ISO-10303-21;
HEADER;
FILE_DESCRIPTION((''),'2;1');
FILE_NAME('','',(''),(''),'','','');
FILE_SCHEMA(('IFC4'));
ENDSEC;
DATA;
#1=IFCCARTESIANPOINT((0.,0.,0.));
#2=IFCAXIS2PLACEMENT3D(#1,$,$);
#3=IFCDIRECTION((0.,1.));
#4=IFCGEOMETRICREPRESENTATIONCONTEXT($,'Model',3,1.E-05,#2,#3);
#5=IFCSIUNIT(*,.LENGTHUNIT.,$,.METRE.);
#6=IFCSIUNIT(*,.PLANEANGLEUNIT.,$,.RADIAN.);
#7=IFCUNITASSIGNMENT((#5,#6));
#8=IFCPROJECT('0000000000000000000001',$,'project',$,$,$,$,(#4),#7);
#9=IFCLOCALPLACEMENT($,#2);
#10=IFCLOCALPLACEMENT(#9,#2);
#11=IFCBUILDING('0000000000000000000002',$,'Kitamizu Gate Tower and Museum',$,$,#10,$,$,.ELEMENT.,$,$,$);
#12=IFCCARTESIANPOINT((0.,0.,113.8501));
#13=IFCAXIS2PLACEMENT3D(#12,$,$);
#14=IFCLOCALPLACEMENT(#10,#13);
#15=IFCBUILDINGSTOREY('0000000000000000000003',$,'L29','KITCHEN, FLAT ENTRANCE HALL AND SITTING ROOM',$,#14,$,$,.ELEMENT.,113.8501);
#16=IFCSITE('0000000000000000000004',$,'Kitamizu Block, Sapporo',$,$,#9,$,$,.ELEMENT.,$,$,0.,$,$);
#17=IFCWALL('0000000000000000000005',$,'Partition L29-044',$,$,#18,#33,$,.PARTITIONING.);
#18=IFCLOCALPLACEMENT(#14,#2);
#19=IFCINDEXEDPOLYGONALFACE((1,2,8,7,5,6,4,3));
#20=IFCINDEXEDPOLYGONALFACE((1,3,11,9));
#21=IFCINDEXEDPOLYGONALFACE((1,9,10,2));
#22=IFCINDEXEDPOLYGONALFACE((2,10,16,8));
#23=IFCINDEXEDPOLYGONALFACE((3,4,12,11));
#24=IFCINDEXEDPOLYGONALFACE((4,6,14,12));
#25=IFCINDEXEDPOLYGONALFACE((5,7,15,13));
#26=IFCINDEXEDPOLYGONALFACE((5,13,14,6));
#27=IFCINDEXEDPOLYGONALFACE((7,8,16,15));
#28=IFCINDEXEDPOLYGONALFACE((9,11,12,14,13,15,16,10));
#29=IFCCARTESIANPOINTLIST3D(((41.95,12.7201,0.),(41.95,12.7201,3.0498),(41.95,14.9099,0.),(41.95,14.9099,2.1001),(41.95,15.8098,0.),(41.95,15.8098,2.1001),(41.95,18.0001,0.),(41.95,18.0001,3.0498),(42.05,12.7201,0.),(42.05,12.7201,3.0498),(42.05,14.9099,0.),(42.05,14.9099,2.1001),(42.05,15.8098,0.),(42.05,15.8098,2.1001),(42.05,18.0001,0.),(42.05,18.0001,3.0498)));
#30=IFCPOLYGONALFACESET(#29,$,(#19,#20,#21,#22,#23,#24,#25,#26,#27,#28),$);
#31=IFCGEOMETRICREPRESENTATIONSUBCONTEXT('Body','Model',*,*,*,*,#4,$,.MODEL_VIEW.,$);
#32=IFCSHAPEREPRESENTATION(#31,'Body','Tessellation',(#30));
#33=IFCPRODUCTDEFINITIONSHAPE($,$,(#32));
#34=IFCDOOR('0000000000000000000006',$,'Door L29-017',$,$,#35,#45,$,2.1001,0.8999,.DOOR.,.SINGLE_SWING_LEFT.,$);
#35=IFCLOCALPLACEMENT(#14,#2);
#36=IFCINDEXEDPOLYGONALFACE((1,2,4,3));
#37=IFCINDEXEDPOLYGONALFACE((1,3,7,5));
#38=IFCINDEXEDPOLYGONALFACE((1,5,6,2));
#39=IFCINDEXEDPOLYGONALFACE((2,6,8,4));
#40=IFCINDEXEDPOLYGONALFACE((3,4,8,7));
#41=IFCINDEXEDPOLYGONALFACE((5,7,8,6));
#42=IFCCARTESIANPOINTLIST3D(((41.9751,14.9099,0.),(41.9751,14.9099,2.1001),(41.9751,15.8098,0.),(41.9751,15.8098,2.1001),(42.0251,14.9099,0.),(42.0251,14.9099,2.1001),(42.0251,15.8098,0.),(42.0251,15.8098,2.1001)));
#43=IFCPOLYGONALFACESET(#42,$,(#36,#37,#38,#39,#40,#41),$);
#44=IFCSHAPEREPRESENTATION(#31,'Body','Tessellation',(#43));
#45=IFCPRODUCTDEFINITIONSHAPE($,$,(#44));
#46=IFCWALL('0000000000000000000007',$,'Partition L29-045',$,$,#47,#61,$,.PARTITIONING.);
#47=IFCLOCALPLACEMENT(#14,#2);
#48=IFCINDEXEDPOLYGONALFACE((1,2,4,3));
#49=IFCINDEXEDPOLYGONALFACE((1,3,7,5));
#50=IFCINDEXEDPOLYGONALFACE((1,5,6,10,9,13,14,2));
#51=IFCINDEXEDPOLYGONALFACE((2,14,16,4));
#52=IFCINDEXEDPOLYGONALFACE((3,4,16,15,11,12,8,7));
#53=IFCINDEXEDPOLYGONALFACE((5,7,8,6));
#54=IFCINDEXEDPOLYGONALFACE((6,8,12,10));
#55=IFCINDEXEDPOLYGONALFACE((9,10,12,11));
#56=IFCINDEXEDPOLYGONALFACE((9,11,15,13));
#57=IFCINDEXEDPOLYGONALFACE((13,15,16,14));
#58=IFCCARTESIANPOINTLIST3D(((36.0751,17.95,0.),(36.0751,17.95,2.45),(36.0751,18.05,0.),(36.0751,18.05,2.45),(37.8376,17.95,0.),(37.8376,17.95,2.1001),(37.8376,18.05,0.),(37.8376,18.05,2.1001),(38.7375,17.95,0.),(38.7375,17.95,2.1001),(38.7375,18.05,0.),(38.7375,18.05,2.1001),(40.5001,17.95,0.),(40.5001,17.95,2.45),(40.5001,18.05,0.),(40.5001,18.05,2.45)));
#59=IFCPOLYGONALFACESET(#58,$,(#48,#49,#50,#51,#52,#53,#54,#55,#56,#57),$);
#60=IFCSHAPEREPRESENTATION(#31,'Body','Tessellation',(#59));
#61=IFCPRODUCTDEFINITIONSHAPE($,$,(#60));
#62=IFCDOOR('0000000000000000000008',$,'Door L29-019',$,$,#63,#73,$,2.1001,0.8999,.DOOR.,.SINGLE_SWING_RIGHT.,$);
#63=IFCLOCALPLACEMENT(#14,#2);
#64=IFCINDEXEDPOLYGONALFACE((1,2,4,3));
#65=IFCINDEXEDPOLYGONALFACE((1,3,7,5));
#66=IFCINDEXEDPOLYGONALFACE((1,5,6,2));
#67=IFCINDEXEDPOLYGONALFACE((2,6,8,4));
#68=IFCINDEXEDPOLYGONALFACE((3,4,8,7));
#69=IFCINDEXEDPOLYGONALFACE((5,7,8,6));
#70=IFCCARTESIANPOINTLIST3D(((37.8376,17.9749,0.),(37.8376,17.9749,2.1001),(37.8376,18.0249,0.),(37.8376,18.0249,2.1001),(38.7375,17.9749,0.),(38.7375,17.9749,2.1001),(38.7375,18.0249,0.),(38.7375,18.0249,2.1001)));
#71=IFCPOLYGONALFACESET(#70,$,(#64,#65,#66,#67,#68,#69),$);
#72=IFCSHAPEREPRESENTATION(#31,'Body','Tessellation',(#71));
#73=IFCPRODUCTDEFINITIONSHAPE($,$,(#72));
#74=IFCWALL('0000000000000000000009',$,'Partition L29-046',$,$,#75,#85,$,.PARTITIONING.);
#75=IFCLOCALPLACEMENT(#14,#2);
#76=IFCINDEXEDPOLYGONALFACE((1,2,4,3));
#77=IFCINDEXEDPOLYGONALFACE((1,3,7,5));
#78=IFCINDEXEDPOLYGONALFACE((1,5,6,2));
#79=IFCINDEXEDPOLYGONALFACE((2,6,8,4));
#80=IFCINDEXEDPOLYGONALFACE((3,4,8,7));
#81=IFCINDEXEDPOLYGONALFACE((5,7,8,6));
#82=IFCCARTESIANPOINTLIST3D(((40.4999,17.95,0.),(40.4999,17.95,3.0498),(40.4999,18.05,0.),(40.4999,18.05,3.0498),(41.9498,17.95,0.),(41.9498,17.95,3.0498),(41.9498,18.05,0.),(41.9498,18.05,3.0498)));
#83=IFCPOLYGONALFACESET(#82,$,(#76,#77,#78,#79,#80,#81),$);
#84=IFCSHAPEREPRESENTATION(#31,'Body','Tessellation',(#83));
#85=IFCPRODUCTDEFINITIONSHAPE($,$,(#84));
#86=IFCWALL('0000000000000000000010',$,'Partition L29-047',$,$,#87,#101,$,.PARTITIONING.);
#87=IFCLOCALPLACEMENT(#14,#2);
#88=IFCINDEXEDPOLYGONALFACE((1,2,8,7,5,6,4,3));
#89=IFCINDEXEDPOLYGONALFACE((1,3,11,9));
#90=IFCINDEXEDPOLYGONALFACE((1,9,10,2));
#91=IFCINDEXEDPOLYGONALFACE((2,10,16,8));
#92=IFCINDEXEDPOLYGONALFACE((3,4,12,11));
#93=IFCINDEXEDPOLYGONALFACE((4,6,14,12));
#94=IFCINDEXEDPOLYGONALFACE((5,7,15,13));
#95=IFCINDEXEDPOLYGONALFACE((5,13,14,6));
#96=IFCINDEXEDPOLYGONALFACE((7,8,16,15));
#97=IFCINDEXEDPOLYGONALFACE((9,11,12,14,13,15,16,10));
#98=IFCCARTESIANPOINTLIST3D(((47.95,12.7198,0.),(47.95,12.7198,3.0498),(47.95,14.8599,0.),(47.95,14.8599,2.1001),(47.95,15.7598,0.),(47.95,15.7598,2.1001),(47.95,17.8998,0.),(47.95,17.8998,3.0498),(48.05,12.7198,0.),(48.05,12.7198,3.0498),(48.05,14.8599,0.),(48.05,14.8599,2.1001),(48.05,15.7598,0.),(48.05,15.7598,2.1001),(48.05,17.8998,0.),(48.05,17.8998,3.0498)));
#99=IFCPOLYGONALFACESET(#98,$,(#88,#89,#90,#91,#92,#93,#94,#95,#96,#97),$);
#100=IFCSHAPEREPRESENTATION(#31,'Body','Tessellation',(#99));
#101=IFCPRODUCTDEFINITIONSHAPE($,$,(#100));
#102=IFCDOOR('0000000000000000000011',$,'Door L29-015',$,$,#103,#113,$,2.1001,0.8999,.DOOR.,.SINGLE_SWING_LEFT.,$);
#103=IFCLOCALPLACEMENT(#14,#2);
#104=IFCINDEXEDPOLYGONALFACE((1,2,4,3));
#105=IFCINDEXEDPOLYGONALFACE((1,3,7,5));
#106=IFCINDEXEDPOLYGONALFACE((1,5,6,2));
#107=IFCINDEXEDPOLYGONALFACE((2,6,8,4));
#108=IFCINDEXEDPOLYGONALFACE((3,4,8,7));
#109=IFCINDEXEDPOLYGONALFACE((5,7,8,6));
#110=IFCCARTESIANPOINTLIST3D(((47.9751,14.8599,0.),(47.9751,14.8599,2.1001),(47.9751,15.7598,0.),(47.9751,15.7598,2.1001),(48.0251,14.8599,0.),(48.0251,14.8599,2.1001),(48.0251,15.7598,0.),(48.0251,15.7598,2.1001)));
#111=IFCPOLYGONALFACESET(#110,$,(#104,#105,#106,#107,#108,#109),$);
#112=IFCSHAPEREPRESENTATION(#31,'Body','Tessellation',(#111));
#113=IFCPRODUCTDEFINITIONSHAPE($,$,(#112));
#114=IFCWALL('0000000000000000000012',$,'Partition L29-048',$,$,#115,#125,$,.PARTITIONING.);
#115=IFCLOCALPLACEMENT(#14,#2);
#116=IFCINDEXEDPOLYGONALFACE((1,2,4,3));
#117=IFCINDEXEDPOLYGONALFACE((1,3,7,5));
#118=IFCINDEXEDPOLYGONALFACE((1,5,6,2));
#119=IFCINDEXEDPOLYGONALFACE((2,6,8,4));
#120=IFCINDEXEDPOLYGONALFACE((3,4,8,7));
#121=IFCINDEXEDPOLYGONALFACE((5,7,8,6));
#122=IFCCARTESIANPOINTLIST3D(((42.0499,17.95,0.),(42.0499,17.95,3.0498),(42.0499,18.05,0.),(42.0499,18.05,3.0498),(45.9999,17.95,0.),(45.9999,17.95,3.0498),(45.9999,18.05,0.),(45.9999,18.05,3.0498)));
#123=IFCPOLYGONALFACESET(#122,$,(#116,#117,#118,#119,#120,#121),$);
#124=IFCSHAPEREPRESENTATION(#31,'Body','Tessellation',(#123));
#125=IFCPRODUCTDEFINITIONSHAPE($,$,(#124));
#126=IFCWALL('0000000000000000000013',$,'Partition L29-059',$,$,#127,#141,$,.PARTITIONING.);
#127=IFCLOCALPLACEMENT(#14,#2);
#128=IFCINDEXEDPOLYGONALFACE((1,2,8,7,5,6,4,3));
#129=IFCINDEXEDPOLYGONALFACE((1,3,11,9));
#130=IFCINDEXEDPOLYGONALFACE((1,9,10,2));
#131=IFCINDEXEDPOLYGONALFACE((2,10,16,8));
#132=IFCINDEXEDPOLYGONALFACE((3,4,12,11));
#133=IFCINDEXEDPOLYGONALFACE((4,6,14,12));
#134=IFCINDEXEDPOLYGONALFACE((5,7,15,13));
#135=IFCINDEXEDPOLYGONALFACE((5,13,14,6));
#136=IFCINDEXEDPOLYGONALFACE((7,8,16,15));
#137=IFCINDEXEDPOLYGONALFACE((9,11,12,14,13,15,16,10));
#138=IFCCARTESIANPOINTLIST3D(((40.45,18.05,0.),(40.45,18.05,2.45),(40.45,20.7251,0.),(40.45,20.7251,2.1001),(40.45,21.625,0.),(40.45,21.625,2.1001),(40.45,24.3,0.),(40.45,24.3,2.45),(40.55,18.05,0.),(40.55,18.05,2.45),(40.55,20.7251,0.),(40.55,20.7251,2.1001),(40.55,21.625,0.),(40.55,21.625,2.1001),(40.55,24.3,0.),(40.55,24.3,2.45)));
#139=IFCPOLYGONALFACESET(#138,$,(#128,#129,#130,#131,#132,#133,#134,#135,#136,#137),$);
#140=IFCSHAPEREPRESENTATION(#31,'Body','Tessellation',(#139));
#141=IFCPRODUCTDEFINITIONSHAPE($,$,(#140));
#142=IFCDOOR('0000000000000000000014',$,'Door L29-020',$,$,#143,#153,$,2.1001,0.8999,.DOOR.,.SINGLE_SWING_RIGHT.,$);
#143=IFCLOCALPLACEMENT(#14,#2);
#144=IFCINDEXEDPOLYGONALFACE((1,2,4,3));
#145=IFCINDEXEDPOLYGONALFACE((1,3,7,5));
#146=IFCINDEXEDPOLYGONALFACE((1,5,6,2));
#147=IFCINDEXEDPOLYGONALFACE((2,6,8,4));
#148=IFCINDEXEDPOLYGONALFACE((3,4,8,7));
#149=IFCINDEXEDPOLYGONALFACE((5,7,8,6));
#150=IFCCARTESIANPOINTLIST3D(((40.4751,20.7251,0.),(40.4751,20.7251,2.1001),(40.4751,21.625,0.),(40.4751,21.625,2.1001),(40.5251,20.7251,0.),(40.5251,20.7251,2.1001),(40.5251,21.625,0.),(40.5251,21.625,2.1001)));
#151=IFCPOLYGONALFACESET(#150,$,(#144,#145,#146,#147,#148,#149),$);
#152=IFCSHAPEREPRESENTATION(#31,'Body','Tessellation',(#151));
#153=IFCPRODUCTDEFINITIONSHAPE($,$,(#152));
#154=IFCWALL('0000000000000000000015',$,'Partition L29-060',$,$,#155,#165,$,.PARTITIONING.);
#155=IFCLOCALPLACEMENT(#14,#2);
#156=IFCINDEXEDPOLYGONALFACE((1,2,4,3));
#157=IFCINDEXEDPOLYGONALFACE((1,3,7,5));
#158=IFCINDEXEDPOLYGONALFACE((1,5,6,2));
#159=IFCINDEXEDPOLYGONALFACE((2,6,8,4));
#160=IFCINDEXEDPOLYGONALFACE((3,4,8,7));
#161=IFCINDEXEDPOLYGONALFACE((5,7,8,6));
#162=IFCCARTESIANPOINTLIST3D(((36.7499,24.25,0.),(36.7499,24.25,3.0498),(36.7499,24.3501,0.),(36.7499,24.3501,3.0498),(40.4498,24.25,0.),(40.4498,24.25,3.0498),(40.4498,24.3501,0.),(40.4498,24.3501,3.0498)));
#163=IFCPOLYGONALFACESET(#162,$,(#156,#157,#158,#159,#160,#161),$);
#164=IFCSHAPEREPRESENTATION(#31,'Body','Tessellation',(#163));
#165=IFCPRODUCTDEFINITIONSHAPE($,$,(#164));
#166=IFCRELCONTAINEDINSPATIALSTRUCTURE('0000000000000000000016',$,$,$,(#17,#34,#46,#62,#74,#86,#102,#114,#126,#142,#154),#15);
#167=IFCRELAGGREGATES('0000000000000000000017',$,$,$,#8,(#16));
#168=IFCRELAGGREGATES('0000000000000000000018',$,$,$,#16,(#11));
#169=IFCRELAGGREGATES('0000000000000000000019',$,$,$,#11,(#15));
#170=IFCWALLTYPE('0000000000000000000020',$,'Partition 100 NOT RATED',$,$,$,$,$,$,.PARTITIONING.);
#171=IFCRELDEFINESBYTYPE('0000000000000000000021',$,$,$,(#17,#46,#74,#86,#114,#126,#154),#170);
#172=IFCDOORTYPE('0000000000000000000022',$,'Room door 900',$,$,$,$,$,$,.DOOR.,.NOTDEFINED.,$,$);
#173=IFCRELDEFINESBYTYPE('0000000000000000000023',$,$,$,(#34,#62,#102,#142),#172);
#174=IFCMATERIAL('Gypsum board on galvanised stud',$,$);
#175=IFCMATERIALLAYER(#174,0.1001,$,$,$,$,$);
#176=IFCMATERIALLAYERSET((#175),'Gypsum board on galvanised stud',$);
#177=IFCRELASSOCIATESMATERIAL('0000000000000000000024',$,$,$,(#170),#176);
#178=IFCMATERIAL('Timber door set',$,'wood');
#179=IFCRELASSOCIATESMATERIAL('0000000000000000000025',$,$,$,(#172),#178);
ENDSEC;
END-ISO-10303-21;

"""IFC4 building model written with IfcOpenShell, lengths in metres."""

from ifc_helpers import new_model, si_unit, direction, frame, frame_2d, origin, place, context, subcontext, project, spatial, rectangle, extrude, material, layer, layer_set, type_object, element, fill, save


model = new_model("IFC4")

# Units and contexts
model_context = context("Model", 3, precision=1e-05, world=origin(), true_north=direction((0.0, 1.0)))
body_context = subcontext(model_context, "Body", "Model", "MODEL_VIEW")
ifc_project = project(units=[si_unit("LENGTHUNIT", "METRE"), si_unit("PLANEANGLEUNIT", "RADIAN")], contexts=[model_context])

# Site, building, storey
site_placement = place(None, origin())
site = spatial("IfcSite", under=ifc_project, at=site_placement, Name="Kitamizu Block, Sapporo", CompositionType="ELEMENT", RefElevation=0.0)
building_placement = place(site_placement, origin())
building = spatial("IfcBuilding", under=site, at=building_placement, Name="Kitamizu Gate Tower and Museum", CompositionType="ELEMENT")
storey_placement = place(building_placement, frame((0.0, 0.0, 113.8501)))
storey = spatial("IfcBuildingStorey", under=building, at=storey_placement, Name="L29", Description="KITCHEN, FLAT ENTRANCE HALL AND SITTING ROOM", CompositionType="ELEMENT", Elevation=113.8501)

# Walls, openings, doors
ifc_material_1 = material(Name="Gypsum board on galvanised stud")
ifc_layer_1 = layer(ifc_material_1, 0.1001)
ifc_layer_set_1 = layer_set([ifc_layer_1], Name="Gypsum board on galvanised stud")
wall_type_1 = type_object("IfcWallType", Name="Partition 100 NOT RATED", PredefinedType="PARTITIONING", material=ifc_layer_set_1)
wall_1_placement = place(storey_placement, frame((42.0, 12.72, 0.0), z_axis=(0.0, 0.0, 1.0), x_axis=(0.0, 1.0, 0.0)))
wall_1 = element("IfcWall", 1, at=wall_1_placement, inside=storey, type_object=wall_type_1, Name="Partition L29-044", PredefinedType="PARTITIONING", context=body_context, shape_type="SweptSolid", body=[
    extrude(rectangle(XDim=5.28, YDim=0.1001, at=frame_2d((2.6401, 0.0))), origin(), (0.0, 0.0, 1.0), 3.0498),
])
opening_1_placement = place(wall_1_placement, frame((2.1899, 0.0, 0.0)))
opening_1 = element("IfcOpeningElement", 2, at=opening_1_placement, cuts=wall_1, PredefinedType="OPENING", context=body_context, shape_type="SweptSolid", body=[
    extrude(rectangle(XDim=0.8999, YDim=2.1001, at=frame_2d((0.45, 1.05))), frame((0.0, 0.0601, 0.0), z_axis=(0.0, -1.0, 0.0), x_axis=(1.0, 0.0, 0.0)), (0.0, 0.0, 1.0), 0.1201),
])
ifc_material_2 = material(Name="Timber door set", Category="wood")
door_type_1 = type_object("IfcDoorType", Name="Room door 900", OperationType="NOTDEFINED", PredefinedType="DOOR", material=ifc_material_2)
door_1_placement = place(opening_1_placement, origin())
door_1 = element("IfcDoor", 3, at=door_1_placement, inside=storey, type_object=door_type_1, Name="Door L29-017", OperationType="SINGLE_SWING_LEFT", OverallHeight=2.1001, OverallWidth=0.8999, PredefinedType="DOOR", context=body_context, shape_type="SweptSolid", body=[
    extrude(rectangle(XDim=0.8999, YDim=2.1001, at=frame_2d((0.45, 1.05))), frame((0.0, 0.0249, 0.0), z_axis=(0.0, -1.0, 0.0), x_axis=(1.0, 0.0, 0.0)), (0.0, 0.0, 1.0), 0.05),
])
fill(opening_1, door_1)
wall_2_placement = place(storey_placement, frame((40.5, 18.0, 0.0), z_axis=(0.0, 0.0, 1.0), x_axis=(-1.0, 0.0, 0.0)))
wall_2 = element("IfcWall", 4, at=wall_2_placement, inside=storey, type_object=wall_type_1, Name="Partition L29-045", PredefinedType="PARTITIONING", context=body_context, shape_type="SweptSolid", body=[
    extrude(rectangle(XDim=4.425, YDim=0.1001, at=frame_2d((2.2124, 0.0))), origin(), (0.0, 0.0, 1.0), 2.45),
])
opening_2_placement = place(wall_2_placement, frame((1.7625, 0.0, 0.0)))
opening_2 = element("IfcOpeningElement", 5, at=opening_2_placement, cuts=wall_2, PredefinedType="OPENING", context=body_context, shape_type="SweptSolid", body=[
    extrude(rectangle(XDim=0.8999, YDim=2.1001, at=frame_2d((0.45, 1.05))), frame((0.0, 0.0601, 0.0), z_axis=(0.0, -1.0, 0.0), x_axis=(1.0, 0.0, 0.0)), (0.0, 0.0, 1.0), 0.1201),
])
door_2_placement = place(opening_2_placement, frame((0.8999, 0.0, 0.0), x_axis=(-1.0, 0.0, 0.0)))
door_2 = element("IfcDoor", 6, at=door_2_placement, inside=storey, type_object=door_type_1, Name="Door L29-019", OperationType="SINGLE_SWING_RIGHT", OverallHeight=2.1001, OverallWidth=0.8999, PredefinedType="DOOR", context=body_context, shape_type="SweptSolid", body=[
    extrude(rectangle(XDim=0.8999, YDim=2.1001, at=frame_2d((0.45, 1.05))), frame((0.0, 0.0249, 0.0), z_axis=(0.0, -1.0, 0.0), x_axis=(1.0, 0.0, 0.0)), (0.0, 0.0, 1.0), 0.05),
])
fill(opening_2, door_2)

# Wall
wall_3_placement = place(storey_placement, frame((41.95, 18.0, 0.0), z_axis=(0.0, 0.0, 1.0), x_axis=(-1.0, 0.0, 0.0)))
element("IfcWall", 7, at=wall_3_placement, inside=storey, type_object=wall_type_1, Name="Partition L29-046", PredefinedType="PARTITIONING", context=body_context, shape_type="SweptSolid", body=[
    extrude(rectangle(XDim=1.45, YDim=0.1001, at=frame_2d((0.7251, 0.0))), origin(), (0.0, 0.0, 1.0), 3.0498),
])

# Wall, opening, door
wall_4_placement = place(storey_placement, frame((48.0, 12.72, 0.0), z_axis=(0.0, 0.0, 1.0), x_axis=(0.0, 1.0, 0.0)))
wall_4 = element("IfcWall", 8, at=wall_4_placement, inside=storey, type_object=wall_type_1, Name="Partition L29-047", PredefinedType="PARTITIONING", context=body_context, shape_type="SweptSolid", body=[
    extrude(rectangle(XDim=5.1799, YDim=0.1001, at=frame_2d((2.5898, 0.0))), origin(), (0.0, 0.0, 1.0), 3.0498),
])
opening_3_placement = place(wall_4_placement, frame((2.1399, 0.0, 0.0)))
opening_3 = element("IfcOpeningElement", 9, at=opening_3_placement, cuts=wall_4, PredefinedType="OPENING", context=body_context, shape_type="SweptSolid", body=[
    extrude(rectangle(XDim=0.8999, YDim=2.1001, at=frame_2d((0.45, 1.05))), frame((0.0, 0.0601, 0.0), z_axis=(0.0, -1.0, 0.0), x_axis=(1.0, 0.0, 0.0)), (0.0, 0.0, 1.0), 0.1201),
])
door_3_placement = place(opening_3_placement, origin())
door_3 = element("IfcDoor", 10, at=door_3_placement, inside=storey, type_object=door_type_1, Name="Door L29-015", OperationType="SINGLE_SWING_LEFT", OverallHeight=2.1001, OverallWidth=0.8999, PredefinedType="DOOR", context=body_context, shape_type="SweptSolid", body=[
    extrude(rectangle(XDim=0.8999, YDim=2.1001, at=frame_2d((0.45, 1.05))), frame((0.0, 0.0249, 0.0), z_axis=(0.0, -1.0, 0.0), x_axis=(1.0, 0.0, 0.0)), (0.0, 0.0, 1.0), 0.05),
])
fill(opening_3, door_3)

# Wall
wall_5_placement = place(storey_placement, frame((46.0, 18.0, 0.0), z_axis=(0.0, 0.0, 1.0), x_axis=(-1.0, 0.0, 0.0)))
element("IfcWall", 11, at=wall_5_placement, inside=storey, type_object=wall_type_1, Name="Partition L29-048", PredefinedType="PARTITIONING", context=body_context, shape_type="SweptSolid", body=[
    extrude(rectangle(XDim=3.95, YDim=0.1001, at=frame_2d((1.9751, 0.0))), origin(), (0.0, 0.0, 1.0), 3.0498),
])

# Wall, opening, door
wall_6_placement = place(storey_placement, frame((40.5, 18.05, 0.0), z_axis=(0.0, 0.0, 1.0), x_axis=(0.0, 1.0, 0.0)))
wall_6 = element("IfcWall", 12, at=wall_6_placement, inside=storey, type_object=wall_type_1, Name="Partition L29-059", PredefinedType="PARTITIONING", context=body_context, shape_type="SweptSolid", body=[
    extrude(rectangle(XDim=6.25, YDim=0.1001, at=frame_2d((3.125, 0.0))), origin(), (0.0, 0.0, 1.0), 2.45),
])
opening_4_placement = place(wall_6_placement, frame((2.675, 0.0, 0.0)))
opening_4 = element("IfcOpeningElement", 13, at=opening_4_placement, cuts=wall_6, PredefinedType="OPENING", context=body_context, shape_type="SweptSolid", body=[
    extrude(rectangle(XDim=0.8999, YDim=2.1001, at=frame_2d((0.45, 1.05))), frame((0.0, 0.0601, 0.0), z_axis=(0.0, -1.0, 0.0), x_axis=(1.0, 0.0, 0.0)), (0.0, 0.0, 1.0), 0.1201),
])
door_4_placement = place(opening_4_placement, origin())
door_4 = element("IfcDoor", 14, at=door_4_placement, inside=storey, type_object=door_type_1, Name="Door L29-020", OperationType="SINGLE_SWING_RIGHT", OverallHeight=2.1001, OverallWidth=0.8999, PredefinedType="DOOR", context=body_context, shape_type="SweptSolid", body=[
    extrude(rectangle(XDim=0.8999, YDim=2.1001, at=frame_2d((0.45, 1.05))), frame((0.0, 0.0249, 0.0), z_axis=(0.0, -1.0, 0.0), x_axis=(1.0, 0.0, 0.0)), (0.0, 0.0, 1.0), 0.05),
])
fill(opening_4, door_4)

# Wall
wall_7_placement = place(storey_placement, frame((40.45, 24.3, 0.0), z_axis=(0.0, 0.0, 1.0), x_axis=(-1.0, 0.0, 0.0)))
element("IfcWall", 15, at=wall_7_placement, inside=storey, type_object=wall_type_1, Name="Partition L29-060", PredefinedType="PARTITIONING", context=body_context, shape_type="SweptSolid", body=[
    extrude(rectangle(XDim=3.7, YDim=0.1001, at=frame_2d((1.8501, 0.0))), origin(), (0.0, 0.0, 1.0), 3.0498),
])

save(model, "model.ifc")
